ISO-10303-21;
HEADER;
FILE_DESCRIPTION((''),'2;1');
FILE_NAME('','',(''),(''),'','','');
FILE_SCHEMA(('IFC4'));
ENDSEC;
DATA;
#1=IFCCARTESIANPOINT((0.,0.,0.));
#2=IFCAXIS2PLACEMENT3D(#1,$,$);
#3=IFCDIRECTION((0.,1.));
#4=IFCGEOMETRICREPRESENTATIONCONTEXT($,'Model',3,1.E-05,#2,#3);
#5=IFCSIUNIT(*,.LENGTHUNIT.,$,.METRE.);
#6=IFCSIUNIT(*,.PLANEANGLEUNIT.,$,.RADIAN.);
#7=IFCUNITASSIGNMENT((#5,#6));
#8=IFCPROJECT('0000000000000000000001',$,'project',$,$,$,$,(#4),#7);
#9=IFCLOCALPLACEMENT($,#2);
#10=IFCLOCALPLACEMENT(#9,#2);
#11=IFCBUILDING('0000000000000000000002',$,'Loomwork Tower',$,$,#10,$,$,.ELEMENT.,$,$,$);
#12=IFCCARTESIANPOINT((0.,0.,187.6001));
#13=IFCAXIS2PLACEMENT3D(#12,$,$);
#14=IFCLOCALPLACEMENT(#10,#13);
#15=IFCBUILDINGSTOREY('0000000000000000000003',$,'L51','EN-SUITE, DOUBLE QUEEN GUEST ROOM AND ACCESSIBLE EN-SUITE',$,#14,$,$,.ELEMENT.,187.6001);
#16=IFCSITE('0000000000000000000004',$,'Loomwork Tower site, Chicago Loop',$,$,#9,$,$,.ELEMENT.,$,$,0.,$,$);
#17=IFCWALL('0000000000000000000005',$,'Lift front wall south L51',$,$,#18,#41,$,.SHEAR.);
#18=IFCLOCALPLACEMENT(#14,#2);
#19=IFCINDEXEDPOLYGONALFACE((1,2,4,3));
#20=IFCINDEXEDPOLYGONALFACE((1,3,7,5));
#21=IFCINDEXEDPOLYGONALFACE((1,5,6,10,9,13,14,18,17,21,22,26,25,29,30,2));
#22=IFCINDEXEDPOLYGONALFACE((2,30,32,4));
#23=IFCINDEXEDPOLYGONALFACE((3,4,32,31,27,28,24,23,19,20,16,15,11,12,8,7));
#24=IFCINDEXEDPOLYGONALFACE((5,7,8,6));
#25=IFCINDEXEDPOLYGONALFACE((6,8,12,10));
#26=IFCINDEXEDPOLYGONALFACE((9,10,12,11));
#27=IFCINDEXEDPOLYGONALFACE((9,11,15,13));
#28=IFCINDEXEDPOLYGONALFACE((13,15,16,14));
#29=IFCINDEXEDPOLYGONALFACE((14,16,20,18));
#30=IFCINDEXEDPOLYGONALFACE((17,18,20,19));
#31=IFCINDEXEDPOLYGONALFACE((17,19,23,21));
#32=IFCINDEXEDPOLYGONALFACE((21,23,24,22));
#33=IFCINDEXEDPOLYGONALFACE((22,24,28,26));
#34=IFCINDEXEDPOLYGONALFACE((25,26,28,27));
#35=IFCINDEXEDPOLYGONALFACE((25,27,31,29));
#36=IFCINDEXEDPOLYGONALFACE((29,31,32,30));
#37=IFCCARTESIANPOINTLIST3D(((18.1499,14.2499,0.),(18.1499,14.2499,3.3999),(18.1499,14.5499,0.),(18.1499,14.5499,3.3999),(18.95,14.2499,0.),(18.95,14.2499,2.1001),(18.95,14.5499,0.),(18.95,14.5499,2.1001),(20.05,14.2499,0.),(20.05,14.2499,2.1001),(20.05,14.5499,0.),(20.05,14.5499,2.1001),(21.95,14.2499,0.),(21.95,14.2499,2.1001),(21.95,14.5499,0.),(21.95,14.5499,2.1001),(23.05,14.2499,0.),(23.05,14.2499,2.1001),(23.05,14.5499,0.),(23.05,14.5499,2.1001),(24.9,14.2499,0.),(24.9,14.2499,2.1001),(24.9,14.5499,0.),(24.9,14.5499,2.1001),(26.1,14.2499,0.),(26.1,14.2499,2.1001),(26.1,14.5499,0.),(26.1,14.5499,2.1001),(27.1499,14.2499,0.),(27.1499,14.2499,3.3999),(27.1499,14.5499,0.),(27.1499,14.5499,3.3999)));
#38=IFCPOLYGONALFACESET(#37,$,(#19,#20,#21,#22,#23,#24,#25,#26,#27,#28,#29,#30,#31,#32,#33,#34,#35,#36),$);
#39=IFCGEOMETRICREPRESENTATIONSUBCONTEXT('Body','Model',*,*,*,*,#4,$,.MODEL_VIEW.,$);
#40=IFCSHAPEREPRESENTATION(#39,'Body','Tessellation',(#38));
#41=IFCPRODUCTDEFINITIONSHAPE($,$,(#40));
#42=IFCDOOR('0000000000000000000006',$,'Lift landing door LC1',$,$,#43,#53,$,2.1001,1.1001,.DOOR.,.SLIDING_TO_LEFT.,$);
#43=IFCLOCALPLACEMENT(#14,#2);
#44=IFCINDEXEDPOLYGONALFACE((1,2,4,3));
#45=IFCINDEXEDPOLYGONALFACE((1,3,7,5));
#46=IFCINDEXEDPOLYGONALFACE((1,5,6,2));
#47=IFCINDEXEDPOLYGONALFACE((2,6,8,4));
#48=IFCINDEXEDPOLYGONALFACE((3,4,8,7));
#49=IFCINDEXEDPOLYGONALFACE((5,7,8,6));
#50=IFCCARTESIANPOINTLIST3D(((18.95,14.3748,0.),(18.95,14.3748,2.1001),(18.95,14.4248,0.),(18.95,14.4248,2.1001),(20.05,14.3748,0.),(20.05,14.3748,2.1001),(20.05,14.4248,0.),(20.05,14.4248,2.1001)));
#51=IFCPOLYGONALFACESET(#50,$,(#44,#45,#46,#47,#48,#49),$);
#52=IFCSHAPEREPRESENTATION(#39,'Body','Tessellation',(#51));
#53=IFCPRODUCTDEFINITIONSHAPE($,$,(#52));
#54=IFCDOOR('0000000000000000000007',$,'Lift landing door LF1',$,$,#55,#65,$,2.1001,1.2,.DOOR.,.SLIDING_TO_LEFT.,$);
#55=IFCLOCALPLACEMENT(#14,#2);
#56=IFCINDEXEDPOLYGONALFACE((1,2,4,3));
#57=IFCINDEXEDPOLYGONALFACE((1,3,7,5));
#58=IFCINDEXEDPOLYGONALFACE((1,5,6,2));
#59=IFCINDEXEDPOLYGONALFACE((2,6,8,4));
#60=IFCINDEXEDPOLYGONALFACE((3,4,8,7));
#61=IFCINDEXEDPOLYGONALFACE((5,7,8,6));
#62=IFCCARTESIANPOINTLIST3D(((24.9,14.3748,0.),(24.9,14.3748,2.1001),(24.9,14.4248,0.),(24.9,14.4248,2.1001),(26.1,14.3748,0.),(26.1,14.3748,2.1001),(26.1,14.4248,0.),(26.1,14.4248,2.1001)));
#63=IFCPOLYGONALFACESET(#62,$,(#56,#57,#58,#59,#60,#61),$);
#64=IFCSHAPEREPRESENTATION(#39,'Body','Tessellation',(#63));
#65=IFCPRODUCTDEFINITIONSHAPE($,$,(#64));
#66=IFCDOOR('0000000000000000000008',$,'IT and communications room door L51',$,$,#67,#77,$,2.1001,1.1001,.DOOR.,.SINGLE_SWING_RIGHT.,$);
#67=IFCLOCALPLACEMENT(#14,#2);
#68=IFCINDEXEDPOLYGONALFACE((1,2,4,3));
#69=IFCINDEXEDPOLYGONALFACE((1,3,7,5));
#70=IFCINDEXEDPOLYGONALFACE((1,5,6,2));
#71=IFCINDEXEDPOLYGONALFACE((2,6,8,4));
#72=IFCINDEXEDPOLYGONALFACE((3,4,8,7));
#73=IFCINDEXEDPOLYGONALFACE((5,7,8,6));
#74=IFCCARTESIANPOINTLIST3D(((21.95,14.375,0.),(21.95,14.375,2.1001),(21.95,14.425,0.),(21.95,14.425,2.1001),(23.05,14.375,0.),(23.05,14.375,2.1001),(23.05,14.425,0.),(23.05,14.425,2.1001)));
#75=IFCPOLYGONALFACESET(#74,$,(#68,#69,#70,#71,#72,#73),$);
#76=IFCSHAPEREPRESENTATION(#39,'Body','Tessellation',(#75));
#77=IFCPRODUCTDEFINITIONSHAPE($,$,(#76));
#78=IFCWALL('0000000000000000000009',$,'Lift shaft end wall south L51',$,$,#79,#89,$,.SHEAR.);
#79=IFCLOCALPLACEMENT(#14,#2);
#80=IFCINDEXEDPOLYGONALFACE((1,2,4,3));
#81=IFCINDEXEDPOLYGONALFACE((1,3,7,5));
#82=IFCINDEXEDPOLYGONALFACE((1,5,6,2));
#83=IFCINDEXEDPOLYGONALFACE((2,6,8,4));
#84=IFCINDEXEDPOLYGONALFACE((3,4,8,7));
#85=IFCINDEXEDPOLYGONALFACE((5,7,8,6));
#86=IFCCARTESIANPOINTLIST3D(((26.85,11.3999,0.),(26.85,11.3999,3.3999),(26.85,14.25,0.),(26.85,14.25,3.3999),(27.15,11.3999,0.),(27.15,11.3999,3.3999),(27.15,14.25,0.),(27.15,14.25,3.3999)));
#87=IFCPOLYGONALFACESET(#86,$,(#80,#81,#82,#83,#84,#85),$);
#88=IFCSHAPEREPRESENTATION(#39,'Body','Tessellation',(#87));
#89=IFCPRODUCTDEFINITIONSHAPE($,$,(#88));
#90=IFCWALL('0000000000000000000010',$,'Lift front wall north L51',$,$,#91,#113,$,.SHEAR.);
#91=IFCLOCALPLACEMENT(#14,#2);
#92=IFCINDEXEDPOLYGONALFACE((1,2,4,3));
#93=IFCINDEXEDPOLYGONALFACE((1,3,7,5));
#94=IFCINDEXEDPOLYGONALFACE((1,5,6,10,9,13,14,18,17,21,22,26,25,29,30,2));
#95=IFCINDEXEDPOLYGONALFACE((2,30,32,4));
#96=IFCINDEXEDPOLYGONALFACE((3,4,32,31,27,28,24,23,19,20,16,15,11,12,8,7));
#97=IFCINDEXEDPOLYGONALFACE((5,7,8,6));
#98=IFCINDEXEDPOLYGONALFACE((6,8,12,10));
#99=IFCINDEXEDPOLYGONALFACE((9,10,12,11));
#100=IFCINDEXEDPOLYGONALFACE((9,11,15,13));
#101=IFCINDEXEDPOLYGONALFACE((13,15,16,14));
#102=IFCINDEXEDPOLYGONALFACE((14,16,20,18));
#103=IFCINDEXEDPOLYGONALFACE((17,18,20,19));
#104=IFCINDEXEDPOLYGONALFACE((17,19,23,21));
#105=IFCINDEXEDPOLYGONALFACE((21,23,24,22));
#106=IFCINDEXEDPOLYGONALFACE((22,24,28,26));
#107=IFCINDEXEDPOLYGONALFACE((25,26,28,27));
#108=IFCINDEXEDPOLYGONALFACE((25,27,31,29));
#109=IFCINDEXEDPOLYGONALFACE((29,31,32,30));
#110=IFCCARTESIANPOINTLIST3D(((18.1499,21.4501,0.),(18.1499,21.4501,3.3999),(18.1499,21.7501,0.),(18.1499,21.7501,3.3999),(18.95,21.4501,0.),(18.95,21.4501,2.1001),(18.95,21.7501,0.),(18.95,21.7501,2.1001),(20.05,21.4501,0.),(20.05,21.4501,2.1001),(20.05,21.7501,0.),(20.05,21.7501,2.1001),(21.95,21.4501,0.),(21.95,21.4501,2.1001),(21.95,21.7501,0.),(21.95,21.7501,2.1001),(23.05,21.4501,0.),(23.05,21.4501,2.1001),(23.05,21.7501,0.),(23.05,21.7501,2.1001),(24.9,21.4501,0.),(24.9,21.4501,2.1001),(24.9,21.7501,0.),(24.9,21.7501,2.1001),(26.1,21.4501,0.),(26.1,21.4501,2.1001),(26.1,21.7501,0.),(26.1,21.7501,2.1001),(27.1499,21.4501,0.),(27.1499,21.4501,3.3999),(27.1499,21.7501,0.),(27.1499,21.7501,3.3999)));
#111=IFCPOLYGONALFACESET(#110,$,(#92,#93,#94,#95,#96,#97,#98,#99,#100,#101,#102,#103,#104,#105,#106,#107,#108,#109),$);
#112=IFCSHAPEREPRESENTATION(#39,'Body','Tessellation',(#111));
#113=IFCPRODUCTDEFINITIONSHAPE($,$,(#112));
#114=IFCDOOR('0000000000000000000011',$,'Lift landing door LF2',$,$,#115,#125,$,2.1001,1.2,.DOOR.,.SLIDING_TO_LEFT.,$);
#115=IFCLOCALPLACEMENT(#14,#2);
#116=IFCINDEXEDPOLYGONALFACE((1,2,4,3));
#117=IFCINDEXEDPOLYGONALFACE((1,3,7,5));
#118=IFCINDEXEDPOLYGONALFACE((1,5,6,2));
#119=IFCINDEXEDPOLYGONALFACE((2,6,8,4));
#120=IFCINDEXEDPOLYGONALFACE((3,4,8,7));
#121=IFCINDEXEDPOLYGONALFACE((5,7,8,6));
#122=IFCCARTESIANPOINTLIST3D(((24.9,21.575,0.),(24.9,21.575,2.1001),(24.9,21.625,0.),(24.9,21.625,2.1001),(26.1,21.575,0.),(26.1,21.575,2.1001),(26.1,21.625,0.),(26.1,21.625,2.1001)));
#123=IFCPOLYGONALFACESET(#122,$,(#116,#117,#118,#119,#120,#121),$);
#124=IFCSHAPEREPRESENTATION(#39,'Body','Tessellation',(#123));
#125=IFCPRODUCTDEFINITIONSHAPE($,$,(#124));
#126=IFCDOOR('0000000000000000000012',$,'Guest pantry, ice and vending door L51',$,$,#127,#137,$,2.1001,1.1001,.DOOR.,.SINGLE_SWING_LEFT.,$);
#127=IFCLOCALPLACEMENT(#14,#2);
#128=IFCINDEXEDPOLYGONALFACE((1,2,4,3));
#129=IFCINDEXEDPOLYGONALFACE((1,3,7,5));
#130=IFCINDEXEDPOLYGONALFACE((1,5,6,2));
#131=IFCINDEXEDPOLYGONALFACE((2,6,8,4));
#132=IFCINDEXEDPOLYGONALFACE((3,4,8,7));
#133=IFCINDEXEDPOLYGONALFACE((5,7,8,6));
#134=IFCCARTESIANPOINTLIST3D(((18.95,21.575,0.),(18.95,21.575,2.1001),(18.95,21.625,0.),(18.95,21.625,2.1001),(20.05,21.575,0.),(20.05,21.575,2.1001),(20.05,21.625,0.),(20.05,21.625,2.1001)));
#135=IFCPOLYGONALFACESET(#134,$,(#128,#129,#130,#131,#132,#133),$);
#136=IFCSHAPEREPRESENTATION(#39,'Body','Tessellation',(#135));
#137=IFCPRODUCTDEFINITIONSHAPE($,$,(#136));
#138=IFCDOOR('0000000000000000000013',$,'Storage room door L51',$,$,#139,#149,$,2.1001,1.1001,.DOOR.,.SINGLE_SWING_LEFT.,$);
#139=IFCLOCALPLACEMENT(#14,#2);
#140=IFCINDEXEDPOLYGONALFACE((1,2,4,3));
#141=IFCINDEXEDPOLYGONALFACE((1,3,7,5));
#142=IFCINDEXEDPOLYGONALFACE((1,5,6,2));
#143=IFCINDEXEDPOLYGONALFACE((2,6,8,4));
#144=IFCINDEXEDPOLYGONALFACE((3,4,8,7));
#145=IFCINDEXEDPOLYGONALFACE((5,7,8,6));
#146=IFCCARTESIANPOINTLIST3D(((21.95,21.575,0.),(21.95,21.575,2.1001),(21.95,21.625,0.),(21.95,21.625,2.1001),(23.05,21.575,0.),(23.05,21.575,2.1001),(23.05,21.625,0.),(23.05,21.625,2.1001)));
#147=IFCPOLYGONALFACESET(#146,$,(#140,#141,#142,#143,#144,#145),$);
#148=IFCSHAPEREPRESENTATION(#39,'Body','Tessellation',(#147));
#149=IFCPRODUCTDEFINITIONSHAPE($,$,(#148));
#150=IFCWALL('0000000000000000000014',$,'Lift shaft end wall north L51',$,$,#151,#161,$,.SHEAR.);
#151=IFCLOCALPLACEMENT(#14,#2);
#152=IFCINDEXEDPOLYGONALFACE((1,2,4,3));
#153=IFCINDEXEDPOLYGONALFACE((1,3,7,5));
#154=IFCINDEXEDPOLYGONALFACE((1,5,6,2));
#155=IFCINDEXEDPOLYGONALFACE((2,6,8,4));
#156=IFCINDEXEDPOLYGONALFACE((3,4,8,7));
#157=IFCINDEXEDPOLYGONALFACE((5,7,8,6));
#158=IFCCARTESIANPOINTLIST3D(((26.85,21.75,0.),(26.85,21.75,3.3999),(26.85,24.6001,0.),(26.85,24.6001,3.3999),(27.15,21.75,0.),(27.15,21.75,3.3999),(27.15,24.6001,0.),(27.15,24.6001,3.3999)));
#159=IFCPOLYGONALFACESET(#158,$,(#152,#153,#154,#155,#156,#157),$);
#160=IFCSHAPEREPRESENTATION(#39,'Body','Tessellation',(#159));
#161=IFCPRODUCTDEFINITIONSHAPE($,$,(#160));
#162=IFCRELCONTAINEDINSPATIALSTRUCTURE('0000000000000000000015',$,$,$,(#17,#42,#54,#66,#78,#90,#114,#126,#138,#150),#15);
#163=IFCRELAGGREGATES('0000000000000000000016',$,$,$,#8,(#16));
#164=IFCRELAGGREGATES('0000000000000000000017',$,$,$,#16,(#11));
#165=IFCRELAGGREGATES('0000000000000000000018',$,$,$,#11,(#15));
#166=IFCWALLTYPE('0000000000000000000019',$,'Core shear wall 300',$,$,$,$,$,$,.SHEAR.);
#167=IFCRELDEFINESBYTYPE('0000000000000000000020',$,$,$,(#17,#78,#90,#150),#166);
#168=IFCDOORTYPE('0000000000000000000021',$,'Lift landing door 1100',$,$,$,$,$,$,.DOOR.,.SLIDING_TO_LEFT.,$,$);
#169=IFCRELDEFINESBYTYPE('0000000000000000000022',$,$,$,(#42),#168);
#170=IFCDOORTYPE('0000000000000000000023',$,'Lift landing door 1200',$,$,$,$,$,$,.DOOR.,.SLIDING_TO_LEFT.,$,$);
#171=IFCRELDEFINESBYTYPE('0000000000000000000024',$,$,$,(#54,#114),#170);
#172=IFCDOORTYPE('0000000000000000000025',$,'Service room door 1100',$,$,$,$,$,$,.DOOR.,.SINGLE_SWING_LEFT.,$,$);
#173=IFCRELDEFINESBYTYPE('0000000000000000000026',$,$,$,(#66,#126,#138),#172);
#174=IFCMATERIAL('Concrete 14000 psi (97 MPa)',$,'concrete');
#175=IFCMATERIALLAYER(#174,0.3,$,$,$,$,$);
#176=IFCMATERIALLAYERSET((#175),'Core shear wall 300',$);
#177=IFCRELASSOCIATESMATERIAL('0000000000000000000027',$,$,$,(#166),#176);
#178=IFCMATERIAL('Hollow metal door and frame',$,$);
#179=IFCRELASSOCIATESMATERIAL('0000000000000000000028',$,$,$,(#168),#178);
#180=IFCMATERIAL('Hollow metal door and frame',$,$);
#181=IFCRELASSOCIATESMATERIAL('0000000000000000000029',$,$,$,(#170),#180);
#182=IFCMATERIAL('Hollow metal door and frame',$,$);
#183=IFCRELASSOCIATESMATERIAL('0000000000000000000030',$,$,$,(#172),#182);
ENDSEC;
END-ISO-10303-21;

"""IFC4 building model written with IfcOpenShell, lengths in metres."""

from ifc_helpers import new_model, si_unit, direction, frame, frame_2d, origin, place, context, subcontext, project, spatial, rectangle, extrude, material, layer, layer_set, type_object, element, fill, save


model = new_model("IFC4")

# Units and contexts
model_context = context("Model", 3, precision=1e-05, world=origin(), true_north=direction((0.0, 1.0)))
body_context = subcontext(model_context, "Body", "Model", "MODEL_VIEW")
ifc_project = project(units=[si_unit("LENGTHUNIT", "METRE"), si_unit("PLANEANGLEUNIT", "RADIAN")], contexts=[model_context])

# Site, building, storey
site_placement = place(None, origin())
site = spatial("IfcSite", under=ifc_project, at=site_placement, Name="Loomwork Tower site, Chicago Loop", CompositionType="ELEMENT", RefElevation=0.0)
building_placement = place(site_placement, origin())
building = spatial("IfcBuilding", under=site, at=building_placement, Name="Loomwork Tower", CompositionType="ELEMENT")
storey_placement = place(building_placement, frame((0.0, 0.0, 187.6001)))
storey = spatial("IfcBuildingStorey", under=building, at=storey_placement, Name="L51", Description="EN-SUITE, DOUBLE QUEEN GUEST ROOM AND ACCESSIBLE EN-SUITE", CompositionType="ELEMENT", Elevation=187.6001)

# Wall, openings, doors
ifc_material_1 = material(Name="Concrete 14000 psi (97 MPa)", Category="concrete")
ifc_layer_1 = layer(ifc_material_1, 0.3)
ifc_layer_set_1 = layer_set([ifc_layer_1], Name="Core shear wall 300")
wall_type_1 = type_object("IfcWallType", Name="Core shear wall 300", PredefinedType="SHEAR", material=ifc_layer_set_1)
wall_1_placement = place(storey_placement, frame((18.1499, 14.3999, 0.0), z_axis=(0.0, 0.0, 1.0), x_axis=(1.0, 0.0, 0.0)))
wall_1 = element("IfcWall", 1, at=wall_1_placement, inside=storey, type_object=wall_type_1, Name="Lift front wall south L51", PredefinedType="SHEAR", context=body_context, shape_type="SweptSolid", body=[
    extrude(rectangle(XDim=9.0, YDim=0.3, at=frame_2d((4.5, 0.0))), origin(), (0.0, 0.0, 1.0), 3.3999),
])
opening_1_placement = place(wall_1_placement, frame((0.8, 0.0, 0.0)))
opening_1 = element("IfcOpeningElement", 2, at=opening_1_placement, cuts=wall_1, PredefinedType="OPENING", context=body_context, shape_type="SweptSolid", body=[
    extrude(rectangle(XDim=1.1001, YDim=2.1001, at=frame_2d((0.55, 1.05))), frame((0.0, 0.1599, 0.0), z_axis=(0.0, -1.0, 0.0), x_axis=(1.0, 0.0, 0.0)), (0.0, 0.0, 1.0), 0.3201),
])
opening_2_placement = place(wall_1_placement, frame((6.75, 0.0, 0.0)))
opening_2 = element("IfcOpeningElement", 3, at=opening_2_placement, cuts=wall_1, PredefinedType="OPENING", context=body_context, shape_type="SweptSolid", body=[
    extrude(rectangle(XDim=1.2, YDim=2.1001, at=frame_2d((0.6001, 1.05))), frame((0.0, 0.1599, 0.0), z_axis=(0.0, -1.0, 0.0), x_axis=(1.0, 0.0, 0.0)), (0.0, 0.0, 1.0), 0.3201),
])
opening_3_placement = place(wall_1_placement, frame((3.8, 0.0, 0.0)))
opening_3 = element("IfcOpeningElement", 4, at=opening_3_placement, cuts=wall_1, PredefinedType="OPENING", context=body_context, shape_type="SweptSolid", body=[
    extrude(rectangle(XDim=1.1001, YDim=2.1001, at=frame_2d((0.55, 1.05))), frame((0.0, 0.1599, 0.0), z_axis=(0.0, -1.0, 0.0), x_axis=(1.0, 0.0, 0.0)), (0.0, 0.0, 1.0), 0.3201),
])
ifc_material_2 = material(Name="Hollow metal door and frame")
door_type_1 = type_object("IfcDoorType", Name="Lift landing door 1100", OperationType="SLIDING_TO_LEFT", PredefinedType="DOOR", material=ifc_material_2)
door_1_placement = place(opening_1_placement, origin())
door_1 = element("IfcDoor", 5, at=door_1_placement, inside=storey, type_object=door_type_1, Name="Lift landing door LC1", OperationType="SLIDING_TO_LEFT", OverallHeight=2.1001, OverallWidth=1.1001, PredefinedType="DOOR", context=body_context, shape_type="SweptSolid", body=[
    extrude(rectangle(XDim=1.1001, YDim=2.1001, at=frame_2d((0.55, 1.05))), frame((0.0, 0.0249, 0.0), z_axis=(0.0, -1.0, 0.0), x_axis=(1.0, 0.0, 0.0)), (0.0, 0.0, 1.0), 0.05),
])
fill(opening_1, door_1)
ifc_material_3 = material(Name="Hollow metal door and frame")
door_type_2 = type_object("IfcDoorType", Name="Lift landing door 1200", OperationType="SLIDING_TO_LEFT", PredefinedType="DOOR", material=ifc_material_3)
door_2_placement = place(opening_2_placement, origin())
door_2 = element("IfcDoor", 6, at=door_2_placement, inside=storey, type_object=door_type_2, Name="Lift landing door LF1", OperationType="SLIDING_TO_LEFT", OverallHeight=2.1001, OverallWidth=1.2, PredefinedType="DOOR", context=body_context, shape_type="SweptSolid", body=[
    extrude(rectangle(XDim=1.2, YDim=2.1001, at=frame_2d((0.6001, 1.05))), frame((0.0, 0.0249, 0.0), z_axis=(0.0, -1.0, 0.0), x_axis=(1.0, 0.0, 0.0)), (0.0, 0.0, 1.0), 0.05),
])
fill(opening_2, door_2)
ifc_material_4 = material(Name="Hollow metal door and frame")
door_type_3 = type_object("IfcDoorType", Name="Service room door 1100", OperationType="SINGLE_SWING_LEFT", PredefinedType="DOOR", material=ifc_material_4)
door_3_placement = place(opening_3_placement, frame((1.1001, 0.0, 0.0), z_axis=(0.0, 0.0, 1.0), x_axis=(-1.0, 0.0, 0.0)))
door_3 = element("IfcDoor", 7, at=door_3_placement, inside=storey, type_object=door_type_3, Name="IT and communications room door L51", OperationType="SINGLE_SWING_RIGHT", OverallHeight=2.1001, OverallWidth=1.1001, PredefinedType="DOOR", context=body_context, shape_type="SweptSolid", body=[
    extrude(rectangle(XDim=1.1001, YDim=2.1001, at=frame_2d((0.55, 1.05))), frame((0.0, 0.0249, 0.0), z_axis=(0.0, -1.0, 0.0), x_axis=(1.0, 0.0, 0.0)), (0.0, 0.0, 1.0), 0.05),
])
fill(opening_3, door_3)

# Wall
wall_2_placement = place(storey_placement, frame((27.0, 11.3999, 0.0), z_axis=(0.0, 0.0, 1.0), x_axis=(0.0, 1.0, 0.0)))
element("IfcWall", 8, at=wall_2_placement, inside=storey, type_object=wall_type_1, Name="Lift shaft end wall south L51", PredefinedType="SHEAR", context=body_context, shape_type="SweptSolid", body=[
    extrude(rectangle(XDim=2.8501, YDim=0.3, at=frame_2d((1.425, 0.0))), origin(), (0.0, 0.0, 1.0), 3.3999),
])

# Wall, openings, doors
wall_3_placement = place(storey_placement, frame((18.1499, 21.6001, 0.0), z_axis=(0.0, 0.0, 1.0), x_axis=(1.0, 0.0, 0.0)))
wall_3 = element("IfcWall", 9, at=wall_3_placement, inside=storey, type_object=wall_type_1, Name="Lift front wall north L51", PredefinedType="SHEAR", context=body_context, shape_type="SweptSolid", body=[
    extrude(rectangle(XDim=9.0, YDim=0.3, at=frame_2d((4.5, 0.0))), origin(), (0.0, 0.0, 1.0), 3.3999),
])
opening_4_placement = place(wall_3_placement, frame((6.75, 0.0, 0.0)))
opening_4 = element("IfcOpeningElement", 10, at=opening_4_placement, cuts=wall_3, PredefinedType="OPENING", context=body_context, shape_type="SweptSolid", body=[
    extrude(rectangle(XDim=1.2, YDim=2.1001, at=frame_2d((0.6001, 1.05))), frame((0.0, 0.1599, 0.0), z_axis=(0.0, -1.0, 0.0), x_axis=(1.0, 0.0, 0.0)), (0.0, 0.0, 1.0), 0.3201),
])
opening_5_placement = place(wall_3_placement, frame((0.8, 0.0, 0.0)))
opening_5 = element("IfcOpeningElement", 11, at=opening_5_placement, cuts=wall_3, PredefinedType="OPENING", context=body_context, shape_type="SweptSolid", body=[
    extrude(rectangle(XDim=1.1001, YDim=2.1001, at=frame_2d((0.55, 1.05))), frame((0.0, 0.1599, 0.0), z_axis=(0.0, -1.0, 0.0), x_axis=(1.0, 0.0, 0.0)), (0.0, 0.0, 1.0), 0.3201),
])
opening_6_placement = place(wall_3_placement, frame((3.8, 0.0, 0.0)))
opening_6 = element("IfcOpeningElement", 12, at=opening_6_placement, cuts=wall_3, PredefinedType="OPENING", context=body_context, shape_type="SweptSolid", body=[
    extrude(rectangle(XDim=1.1001, YDim=2.1001, at=frame_2d((0.55, 1.05))), frame((0.0, 0.1599, 0.0), z_axis=(0.0, -1.0, 0.0), x_axis=(1.0, 0.0, 0.0)), (0.0, 0.0, 1.0), 0.3201),
])
door_4_placement = place(opening_4_placement, origin())
door_4 = element("IfcDoor", 13, at=door_4_placement, inside=storey, type_object=door_type_2, Name="Lift landing door LF2", OperationType="SLIDING_TO_LEFT", OverallHeight=2.1001, OverallWidth=1.2, PredefinedType="DOOR", context=body_context, shape_type="SweptSolid", body=[
    extrude(rectangle(XDim=1.2, YDim=2.1001, at=frame_2d((0.6001, 1.05))), frame((0.0, 0.0249, 0.0), z_axis=(0.0, -1.0, 0.0), x_axis=(1.0, 0.0, 0.0)), (0.0, 0.0, 1.0), 0.05),
])
fill(opening_4, door_4)
door_5_placement = place(opening_5_placement, origin())
door_5 = element("IfcDoor", 14, at=door_5_placement, inside=storey, type_object=door_type_3, Name="Guest pantry, ice and vending door L51", OperationType="SINGLE_SWING_LEFT", OverallHeight=2.1001, OverallWidth=1.1001, PredefinedType="DOOR", context=body_context, shape_type="SweptSolid", body=[
    extrude(rectangle(XDim=1.1001, YDim=2.1001, at=frame_2d((0.55, 1.05))), frame((0.0, 0.0249, 0.0), z_axis=(0.0, -1.0, 0.0), x_axis=(1.0, 0.0, 0.0)), (0.0, 0.0, 1.0), 0.05),
])
fill(opening_5, door_5)
door_6_placement = place(opening_6_placement, origin())
door_6 = element("IfcDoor", 15, at=door_6_placement, inside=storey, type_object=door_type_3, Name="Storage room door L51", OperationType="SINGLE_SWING_LEFT", OverallHeight=2.1001, OverallWidth=1.1001, PredefinedType="DOOR", context=body_context, shape_type="SweptSolid", body=[
    extrude(rectangle(XDim=1.1001, YDim=2.1001, at=frame_2d((0.55, 1.05))), frame((0.0, 0.0249, 0.0), z_axis=(0.0, -1.0, 0.0), x_axis=(1.0, 0.0, 0.0)), (0.0, 0.0, 1.0), 0.05),
])
fill(opening_6, door_6)

# Wall
wall_4_placement = place(storey_placement, frame((27.0, 21.75, 0.0), z_axis=(0.0, 0.0, 1.0), x_axis=(0.0, 1.0, 0.0)))
element("IfcWall", 16, at=wall_4_placement, inside=storey, type_object=wall_type_1, Name="Lift shaft end wall north L51", PredefinedType="SHEAR", context=body_context, shape_type="SweptSolid", body=[
    extrude(rectangle(XDim=2.8501, YDim=0.3, at=frame_2d((1.425, 0.0))), origin(), (0.0, 0.0, 1.0), 3.3999),
])

save(model, "model.ifc")
